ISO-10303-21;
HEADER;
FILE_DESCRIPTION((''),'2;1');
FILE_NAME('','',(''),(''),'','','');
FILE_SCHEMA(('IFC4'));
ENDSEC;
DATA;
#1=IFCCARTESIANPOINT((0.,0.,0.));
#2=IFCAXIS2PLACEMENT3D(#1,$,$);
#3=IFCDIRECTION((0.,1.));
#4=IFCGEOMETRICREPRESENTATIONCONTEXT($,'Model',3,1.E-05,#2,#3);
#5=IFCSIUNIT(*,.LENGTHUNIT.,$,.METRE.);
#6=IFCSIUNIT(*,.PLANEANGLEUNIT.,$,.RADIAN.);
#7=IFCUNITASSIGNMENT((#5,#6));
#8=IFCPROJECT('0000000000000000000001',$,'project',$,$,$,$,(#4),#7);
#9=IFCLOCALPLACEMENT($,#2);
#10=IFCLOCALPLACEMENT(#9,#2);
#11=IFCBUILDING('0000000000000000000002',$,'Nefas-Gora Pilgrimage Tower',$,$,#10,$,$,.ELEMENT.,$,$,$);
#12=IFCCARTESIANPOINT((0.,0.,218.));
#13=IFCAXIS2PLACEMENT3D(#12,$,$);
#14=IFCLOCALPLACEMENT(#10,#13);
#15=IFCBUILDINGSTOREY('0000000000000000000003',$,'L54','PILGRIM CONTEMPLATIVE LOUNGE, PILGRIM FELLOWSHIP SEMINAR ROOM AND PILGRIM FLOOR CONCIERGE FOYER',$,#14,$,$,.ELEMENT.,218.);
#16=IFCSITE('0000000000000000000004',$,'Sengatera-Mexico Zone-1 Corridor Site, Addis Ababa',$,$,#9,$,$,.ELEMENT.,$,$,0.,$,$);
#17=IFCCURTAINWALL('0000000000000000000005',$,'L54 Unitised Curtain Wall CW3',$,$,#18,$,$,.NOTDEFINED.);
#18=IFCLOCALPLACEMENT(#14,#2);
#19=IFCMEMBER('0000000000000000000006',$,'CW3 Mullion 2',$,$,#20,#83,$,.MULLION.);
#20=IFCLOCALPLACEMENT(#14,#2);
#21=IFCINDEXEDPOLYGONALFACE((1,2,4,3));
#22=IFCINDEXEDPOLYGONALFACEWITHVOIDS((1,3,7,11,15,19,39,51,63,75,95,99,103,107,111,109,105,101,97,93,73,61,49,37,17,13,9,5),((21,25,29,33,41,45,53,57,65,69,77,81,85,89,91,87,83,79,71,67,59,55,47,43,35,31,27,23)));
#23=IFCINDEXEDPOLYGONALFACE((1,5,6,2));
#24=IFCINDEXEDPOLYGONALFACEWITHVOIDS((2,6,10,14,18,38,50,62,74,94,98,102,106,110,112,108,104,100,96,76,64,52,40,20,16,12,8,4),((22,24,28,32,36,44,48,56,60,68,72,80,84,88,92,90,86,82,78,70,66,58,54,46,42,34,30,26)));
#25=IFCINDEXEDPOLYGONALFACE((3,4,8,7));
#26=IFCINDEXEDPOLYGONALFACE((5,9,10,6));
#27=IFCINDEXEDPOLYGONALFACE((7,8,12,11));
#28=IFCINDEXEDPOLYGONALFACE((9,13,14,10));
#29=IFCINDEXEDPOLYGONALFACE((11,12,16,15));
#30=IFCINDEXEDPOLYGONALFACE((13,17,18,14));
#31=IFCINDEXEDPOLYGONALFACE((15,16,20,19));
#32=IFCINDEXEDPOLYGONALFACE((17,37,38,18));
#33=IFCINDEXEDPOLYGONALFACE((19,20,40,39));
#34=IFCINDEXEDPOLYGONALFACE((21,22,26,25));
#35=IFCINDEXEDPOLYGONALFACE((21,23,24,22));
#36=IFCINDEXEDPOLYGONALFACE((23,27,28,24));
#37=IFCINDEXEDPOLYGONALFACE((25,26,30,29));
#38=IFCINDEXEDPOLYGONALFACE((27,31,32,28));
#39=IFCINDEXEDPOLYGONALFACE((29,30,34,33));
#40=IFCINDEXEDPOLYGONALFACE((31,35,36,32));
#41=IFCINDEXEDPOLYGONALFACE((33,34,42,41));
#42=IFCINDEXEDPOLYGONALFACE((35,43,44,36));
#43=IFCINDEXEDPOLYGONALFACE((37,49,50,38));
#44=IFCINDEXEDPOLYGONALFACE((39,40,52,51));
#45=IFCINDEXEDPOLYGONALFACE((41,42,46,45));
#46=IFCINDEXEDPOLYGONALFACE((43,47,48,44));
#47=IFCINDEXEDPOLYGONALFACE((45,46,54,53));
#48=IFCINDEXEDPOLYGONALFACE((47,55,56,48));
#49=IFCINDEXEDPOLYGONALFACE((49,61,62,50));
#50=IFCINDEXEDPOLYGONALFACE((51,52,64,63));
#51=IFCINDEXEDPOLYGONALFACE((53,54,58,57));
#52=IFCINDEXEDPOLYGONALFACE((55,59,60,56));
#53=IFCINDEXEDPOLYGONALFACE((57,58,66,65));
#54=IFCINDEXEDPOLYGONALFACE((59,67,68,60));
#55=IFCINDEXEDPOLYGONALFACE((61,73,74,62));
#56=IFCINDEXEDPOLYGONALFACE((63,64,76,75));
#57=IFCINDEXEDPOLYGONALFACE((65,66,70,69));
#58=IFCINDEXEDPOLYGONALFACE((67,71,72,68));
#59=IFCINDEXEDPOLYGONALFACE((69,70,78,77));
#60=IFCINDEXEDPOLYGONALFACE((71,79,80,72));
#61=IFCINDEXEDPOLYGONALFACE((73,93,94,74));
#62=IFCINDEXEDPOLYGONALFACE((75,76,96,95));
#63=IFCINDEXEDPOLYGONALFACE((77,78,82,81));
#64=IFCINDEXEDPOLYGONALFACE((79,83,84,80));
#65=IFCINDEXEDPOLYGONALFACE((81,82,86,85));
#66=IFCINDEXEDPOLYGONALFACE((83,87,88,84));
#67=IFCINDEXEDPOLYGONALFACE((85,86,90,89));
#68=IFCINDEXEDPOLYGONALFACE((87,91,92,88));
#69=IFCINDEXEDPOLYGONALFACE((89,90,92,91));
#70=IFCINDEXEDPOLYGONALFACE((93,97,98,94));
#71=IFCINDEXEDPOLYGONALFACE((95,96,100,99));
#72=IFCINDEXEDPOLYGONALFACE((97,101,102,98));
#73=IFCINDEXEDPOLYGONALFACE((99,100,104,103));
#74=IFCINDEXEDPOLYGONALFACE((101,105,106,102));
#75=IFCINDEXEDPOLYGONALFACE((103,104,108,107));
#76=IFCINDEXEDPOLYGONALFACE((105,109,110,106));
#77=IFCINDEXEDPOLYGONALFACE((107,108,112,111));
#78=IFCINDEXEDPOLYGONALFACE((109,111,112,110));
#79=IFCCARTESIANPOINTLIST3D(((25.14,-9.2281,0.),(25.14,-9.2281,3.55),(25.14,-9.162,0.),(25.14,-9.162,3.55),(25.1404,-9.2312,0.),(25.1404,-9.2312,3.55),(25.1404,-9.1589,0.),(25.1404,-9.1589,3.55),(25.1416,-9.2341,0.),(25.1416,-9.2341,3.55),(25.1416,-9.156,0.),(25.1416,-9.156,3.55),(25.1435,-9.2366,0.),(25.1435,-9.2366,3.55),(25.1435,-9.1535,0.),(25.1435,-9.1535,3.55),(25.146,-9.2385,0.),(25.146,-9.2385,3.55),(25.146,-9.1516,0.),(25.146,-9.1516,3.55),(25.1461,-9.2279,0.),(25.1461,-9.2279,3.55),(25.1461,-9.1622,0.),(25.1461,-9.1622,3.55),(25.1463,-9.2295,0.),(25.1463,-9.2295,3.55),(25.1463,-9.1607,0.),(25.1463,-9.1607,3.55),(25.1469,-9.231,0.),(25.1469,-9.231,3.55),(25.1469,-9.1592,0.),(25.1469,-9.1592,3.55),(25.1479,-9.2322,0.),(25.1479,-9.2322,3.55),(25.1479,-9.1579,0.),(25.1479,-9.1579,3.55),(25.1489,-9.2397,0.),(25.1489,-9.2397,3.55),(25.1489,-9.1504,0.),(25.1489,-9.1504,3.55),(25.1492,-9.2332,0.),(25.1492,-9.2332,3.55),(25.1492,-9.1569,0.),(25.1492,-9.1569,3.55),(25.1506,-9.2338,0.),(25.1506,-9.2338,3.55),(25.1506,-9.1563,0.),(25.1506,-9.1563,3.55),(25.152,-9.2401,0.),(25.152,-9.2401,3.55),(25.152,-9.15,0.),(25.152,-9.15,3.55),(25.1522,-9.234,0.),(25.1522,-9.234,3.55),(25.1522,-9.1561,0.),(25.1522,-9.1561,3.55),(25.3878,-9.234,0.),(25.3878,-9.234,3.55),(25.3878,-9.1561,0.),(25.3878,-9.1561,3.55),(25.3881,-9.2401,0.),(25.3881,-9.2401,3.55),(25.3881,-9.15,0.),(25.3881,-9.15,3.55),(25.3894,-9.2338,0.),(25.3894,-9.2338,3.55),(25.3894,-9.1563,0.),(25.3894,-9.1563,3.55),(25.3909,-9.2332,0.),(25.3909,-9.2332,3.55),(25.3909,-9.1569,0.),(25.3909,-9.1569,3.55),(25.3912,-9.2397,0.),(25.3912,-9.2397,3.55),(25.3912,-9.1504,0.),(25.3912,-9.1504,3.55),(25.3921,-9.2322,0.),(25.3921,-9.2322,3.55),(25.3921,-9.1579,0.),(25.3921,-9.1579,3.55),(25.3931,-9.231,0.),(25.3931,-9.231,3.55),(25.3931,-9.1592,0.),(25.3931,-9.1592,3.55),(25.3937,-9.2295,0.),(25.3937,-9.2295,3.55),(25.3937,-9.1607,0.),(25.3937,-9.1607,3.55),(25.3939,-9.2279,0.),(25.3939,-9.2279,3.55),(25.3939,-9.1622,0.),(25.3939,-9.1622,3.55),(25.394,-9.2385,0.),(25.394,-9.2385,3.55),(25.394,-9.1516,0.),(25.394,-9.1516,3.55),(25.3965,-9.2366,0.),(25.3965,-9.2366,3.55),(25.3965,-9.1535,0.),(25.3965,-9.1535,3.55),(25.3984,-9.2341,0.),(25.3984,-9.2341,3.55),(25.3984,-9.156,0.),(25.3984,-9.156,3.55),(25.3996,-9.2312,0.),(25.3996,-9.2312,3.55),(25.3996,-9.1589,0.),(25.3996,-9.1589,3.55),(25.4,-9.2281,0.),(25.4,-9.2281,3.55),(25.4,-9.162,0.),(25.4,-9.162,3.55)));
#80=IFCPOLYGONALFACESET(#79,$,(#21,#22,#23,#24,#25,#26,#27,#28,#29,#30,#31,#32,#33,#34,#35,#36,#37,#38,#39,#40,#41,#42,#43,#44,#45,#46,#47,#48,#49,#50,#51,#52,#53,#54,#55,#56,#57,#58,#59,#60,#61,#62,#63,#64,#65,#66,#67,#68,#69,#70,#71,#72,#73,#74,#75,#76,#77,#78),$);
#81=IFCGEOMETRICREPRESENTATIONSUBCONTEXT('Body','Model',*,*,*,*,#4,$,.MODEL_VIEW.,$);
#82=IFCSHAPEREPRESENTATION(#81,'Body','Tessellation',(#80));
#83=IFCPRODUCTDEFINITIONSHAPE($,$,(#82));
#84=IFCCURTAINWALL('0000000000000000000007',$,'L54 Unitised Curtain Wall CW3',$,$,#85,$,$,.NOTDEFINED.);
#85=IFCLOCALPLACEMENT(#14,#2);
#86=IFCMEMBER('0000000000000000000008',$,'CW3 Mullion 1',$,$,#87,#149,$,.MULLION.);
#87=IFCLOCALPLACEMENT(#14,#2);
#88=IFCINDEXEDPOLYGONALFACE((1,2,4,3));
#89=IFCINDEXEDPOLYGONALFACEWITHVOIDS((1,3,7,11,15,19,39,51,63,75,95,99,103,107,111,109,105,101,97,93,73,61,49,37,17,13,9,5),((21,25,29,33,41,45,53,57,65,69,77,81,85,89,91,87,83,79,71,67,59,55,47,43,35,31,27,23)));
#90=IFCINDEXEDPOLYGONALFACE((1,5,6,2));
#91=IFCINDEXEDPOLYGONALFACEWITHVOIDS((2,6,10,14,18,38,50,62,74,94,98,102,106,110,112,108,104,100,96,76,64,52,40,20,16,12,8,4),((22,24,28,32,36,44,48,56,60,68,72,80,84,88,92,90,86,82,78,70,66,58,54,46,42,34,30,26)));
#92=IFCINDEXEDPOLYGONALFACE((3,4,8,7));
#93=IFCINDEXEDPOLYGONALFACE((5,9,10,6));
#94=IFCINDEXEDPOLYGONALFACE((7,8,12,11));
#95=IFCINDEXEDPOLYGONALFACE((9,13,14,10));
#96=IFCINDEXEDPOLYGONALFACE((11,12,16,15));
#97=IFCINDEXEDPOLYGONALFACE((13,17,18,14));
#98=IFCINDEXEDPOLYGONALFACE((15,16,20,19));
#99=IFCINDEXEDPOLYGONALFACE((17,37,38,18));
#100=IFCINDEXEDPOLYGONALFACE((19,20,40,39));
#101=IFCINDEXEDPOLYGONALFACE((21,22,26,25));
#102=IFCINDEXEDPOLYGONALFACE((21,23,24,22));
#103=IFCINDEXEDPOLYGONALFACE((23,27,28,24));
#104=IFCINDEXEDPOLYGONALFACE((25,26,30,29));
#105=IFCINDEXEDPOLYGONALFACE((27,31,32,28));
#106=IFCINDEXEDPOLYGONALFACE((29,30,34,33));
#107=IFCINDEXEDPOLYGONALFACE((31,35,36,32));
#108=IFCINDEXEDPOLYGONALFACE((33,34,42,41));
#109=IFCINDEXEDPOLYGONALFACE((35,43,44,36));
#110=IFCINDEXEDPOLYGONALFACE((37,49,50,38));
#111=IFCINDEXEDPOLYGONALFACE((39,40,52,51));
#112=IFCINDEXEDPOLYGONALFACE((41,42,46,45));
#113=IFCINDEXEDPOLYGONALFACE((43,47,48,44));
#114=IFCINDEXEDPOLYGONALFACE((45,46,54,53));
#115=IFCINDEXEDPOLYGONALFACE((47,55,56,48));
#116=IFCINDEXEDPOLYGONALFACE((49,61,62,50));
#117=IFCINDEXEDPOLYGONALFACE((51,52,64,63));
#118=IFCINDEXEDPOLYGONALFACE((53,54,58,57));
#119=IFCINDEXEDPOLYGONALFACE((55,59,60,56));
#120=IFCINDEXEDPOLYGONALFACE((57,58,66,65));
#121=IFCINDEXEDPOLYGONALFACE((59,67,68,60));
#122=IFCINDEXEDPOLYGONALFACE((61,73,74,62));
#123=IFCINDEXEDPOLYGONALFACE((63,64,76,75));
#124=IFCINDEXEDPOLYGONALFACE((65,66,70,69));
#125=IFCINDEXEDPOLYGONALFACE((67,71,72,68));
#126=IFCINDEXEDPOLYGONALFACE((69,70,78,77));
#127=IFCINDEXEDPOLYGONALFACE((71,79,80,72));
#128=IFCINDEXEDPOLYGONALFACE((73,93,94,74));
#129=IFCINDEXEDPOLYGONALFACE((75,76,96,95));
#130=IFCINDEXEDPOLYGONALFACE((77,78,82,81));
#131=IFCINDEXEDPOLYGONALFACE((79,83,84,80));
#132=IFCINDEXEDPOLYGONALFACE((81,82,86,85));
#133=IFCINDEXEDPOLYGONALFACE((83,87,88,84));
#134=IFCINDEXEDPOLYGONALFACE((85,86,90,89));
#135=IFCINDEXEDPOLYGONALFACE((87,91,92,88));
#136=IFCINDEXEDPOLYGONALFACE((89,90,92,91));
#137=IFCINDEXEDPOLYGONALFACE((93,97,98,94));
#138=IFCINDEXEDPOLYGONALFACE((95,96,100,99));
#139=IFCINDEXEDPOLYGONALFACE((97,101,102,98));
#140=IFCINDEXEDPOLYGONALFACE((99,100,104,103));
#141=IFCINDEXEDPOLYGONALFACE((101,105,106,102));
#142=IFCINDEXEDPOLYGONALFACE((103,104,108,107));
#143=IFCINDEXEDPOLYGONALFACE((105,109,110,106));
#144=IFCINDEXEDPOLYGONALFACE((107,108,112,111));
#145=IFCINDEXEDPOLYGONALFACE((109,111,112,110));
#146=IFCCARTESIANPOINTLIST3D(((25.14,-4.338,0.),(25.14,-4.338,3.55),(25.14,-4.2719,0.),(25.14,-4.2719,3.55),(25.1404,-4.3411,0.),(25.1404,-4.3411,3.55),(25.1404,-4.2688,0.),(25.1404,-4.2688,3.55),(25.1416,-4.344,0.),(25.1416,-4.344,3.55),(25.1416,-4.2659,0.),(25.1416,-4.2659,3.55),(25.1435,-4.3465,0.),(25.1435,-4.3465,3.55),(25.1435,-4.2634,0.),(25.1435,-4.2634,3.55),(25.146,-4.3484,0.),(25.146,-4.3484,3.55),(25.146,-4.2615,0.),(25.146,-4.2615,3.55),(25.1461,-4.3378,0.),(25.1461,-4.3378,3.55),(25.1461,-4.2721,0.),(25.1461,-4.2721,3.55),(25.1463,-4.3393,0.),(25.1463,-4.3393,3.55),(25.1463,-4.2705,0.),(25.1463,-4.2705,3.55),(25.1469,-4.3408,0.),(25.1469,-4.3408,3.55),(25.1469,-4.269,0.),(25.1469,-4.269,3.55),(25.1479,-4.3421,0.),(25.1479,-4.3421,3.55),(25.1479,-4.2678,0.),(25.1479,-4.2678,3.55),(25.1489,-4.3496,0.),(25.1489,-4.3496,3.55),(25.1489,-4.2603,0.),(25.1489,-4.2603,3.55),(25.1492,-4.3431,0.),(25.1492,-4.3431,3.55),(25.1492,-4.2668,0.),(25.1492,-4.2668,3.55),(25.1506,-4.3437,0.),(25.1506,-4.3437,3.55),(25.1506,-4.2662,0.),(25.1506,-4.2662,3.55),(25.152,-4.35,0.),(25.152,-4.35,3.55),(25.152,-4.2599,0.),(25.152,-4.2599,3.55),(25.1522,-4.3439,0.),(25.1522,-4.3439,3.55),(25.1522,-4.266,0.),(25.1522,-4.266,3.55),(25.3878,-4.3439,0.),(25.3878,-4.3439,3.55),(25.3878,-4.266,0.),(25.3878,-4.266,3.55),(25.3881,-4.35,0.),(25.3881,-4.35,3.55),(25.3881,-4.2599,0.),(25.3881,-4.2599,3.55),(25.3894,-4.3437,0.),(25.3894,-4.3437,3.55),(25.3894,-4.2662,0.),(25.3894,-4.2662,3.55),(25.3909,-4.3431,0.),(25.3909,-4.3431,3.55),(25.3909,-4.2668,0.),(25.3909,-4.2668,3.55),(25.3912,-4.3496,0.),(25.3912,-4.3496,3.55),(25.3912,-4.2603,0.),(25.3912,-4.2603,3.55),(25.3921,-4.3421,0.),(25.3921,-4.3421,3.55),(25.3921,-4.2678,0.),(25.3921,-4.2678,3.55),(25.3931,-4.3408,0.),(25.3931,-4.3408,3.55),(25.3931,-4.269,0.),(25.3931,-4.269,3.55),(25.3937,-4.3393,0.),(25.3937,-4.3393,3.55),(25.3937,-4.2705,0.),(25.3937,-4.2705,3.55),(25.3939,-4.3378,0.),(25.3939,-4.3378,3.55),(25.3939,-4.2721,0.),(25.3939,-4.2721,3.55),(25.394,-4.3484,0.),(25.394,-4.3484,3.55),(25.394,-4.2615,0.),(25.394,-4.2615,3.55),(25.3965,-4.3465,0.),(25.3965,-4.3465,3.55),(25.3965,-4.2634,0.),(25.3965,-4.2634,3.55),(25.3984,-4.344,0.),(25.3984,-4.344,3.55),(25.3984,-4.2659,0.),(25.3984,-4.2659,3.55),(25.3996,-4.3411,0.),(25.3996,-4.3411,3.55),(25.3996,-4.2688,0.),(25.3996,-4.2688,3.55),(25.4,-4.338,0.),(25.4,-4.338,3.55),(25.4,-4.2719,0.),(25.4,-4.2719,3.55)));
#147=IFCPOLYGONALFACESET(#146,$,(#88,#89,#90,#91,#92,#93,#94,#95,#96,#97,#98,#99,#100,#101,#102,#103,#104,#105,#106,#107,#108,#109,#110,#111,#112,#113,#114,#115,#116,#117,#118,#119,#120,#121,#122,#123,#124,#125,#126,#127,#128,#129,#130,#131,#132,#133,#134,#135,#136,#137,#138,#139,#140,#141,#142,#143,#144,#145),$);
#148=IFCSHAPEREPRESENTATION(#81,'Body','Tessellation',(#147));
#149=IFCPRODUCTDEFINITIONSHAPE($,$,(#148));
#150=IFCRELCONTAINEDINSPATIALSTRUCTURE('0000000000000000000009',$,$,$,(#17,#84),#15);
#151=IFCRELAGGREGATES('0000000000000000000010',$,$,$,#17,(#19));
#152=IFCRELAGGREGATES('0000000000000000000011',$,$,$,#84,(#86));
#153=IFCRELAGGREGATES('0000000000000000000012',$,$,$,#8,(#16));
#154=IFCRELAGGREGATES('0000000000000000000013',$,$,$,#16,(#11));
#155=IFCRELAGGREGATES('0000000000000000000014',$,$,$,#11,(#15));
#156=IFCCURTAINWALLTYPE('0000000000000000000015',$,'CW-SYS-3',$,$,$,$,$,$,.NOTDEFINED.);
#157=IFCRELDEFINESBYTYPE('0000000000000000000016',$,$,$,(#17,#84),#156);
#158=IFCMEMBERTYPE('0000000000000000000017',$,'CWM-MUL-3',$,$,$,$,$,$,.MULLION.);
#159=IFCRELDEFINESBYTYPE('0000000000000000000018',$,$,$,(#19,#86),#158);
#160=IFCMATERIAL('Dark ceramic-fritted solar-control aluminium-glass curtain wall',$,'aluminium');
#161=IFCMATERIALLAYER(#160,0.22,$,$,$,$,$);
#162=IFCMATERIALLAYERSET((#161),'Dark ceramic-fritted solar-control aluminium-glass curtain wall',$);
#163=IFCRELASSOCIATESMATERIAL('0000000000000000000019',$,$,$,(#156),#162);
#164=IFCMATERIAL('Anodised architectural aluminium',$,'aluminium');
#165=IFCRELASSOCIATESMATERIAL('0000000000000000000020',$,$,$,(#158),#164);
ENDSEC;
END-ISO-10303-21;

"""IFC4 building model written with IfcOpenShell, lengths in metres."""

from ifc_helpers import new_model, si_unit, direction, frame, origin, origin_2d, place, context, subcontext, project, spatial, hollow_rectangle, extrude, source, transform, mapped, material, layer, layer_set, material_profile, profile_set, type_object, element, aggregate, save


model = new_model("IFC4")

# Units and contexts
model_context = context("Model", 3, precision=1e-05, world=origin(), true_north=direction((0.0, 1.0)))
body_context = subcontext(model_context, "Body", "Model", "MODEL_VIEW")
ifc_project = project(units=[si_unit("LENGTHUNIT", "METRE"), si_unit("PLANEANGLEUNIT", "RADIAN")], contexts=[model_context])

# Site, building, storey
site_placement = place(None, origin())
site = spatial("IfcSite", under=ifc_project, at=site_placement, Name="Sengatera-Mexico Zone-1 Corridor Site, Addis Ababa", CompositionType="ELEMENT", RefElevation=0.0)
building_placement = place(site_placement, origin())
building = spatial("IfcBuilding", under=site, at=building_placement, Name="Nefas-Gora Pilgrimage Tower", CompositionType="ELEMENT")
storey_placement = place(building_placement, frame((0.0, 0.0, 218.0)))
storey = spatial("IfcBuildingStorey", under=building, at=storey_placement, Name="L54", Description="PILGRIM CONTEMPLATIVE LOUNGE, PILGRIM FELLOWSHIP SEMINAR ROOM AND PILGRIM FLOOR CONCIERGE FOYER", CompositionType="ELEMENT", Elevation=218.0)

# Curtain wall, member
ifc_material_1 = material(Name="Dark ceramic-fritted solar-control aluminium-glass curtain wall", Category="aluminium")
ifc_layer_1 = layer(ifc_material_1, 0.22)
ifc_layer_set_1 = layer_set([ifc_layer_1], Name="Dark ceramic-fritted solar-control aluminium-glass curtain wall")
curtain_wall_type = type_object("IfcCurtainWallType", Name="CW-SYS-3", PredefinedType="NOTDEFINED", material=ifc_layer_set_1)
curtain_wall_1_placement = place(storey_placement, origin())
curtain_wall_1 = element("IfcCurtainWall", 1, at=curtain_wall_1_placement, inside=storey, type_object=curtain_wall_type, Name="L54 Unitised Curtain Wall CW3", PredefinedType="NOTDEFINED")
ifc_material_2 = material(Name="Anodised architectural aluminium", Category="aluminium")
ifc_material_profile_1 = material_profile(ifc_material_2, hollow_rectangle(XDim=0.0901, YDim=0.26, WallThickness=0.0061, InnerFilletRadius=0.0061, OuterFilletRadius=0.012, at=origin_2d()), Name="ALU MULLION 90x260")
ifc_profile_set_1 = profile_set([ifc_material_profile_1], Name="Anodised architectural aluminium")
member_type_1 = type_object("IfcMemberType", Name="CWM-MUL-3", PredefinedType="MULLION", material=ifc_profile_set_1)
shared_shape_1 = source(origin(), body_context, "Body", "SweptSolid", [
    extrude(hollow_rectangle(XDim=0.0901, YDim=0.26, WallThickness=0.0061, InnerFilletRadius=0.0061, OuterFilletRadius=0.012, at=origin_2d()), origin(), (0.0, 0.0, 1.0), 3.55),
])
member_1_placement = place(storey_placement, frame((25.27, -9.1951, 0.0), z_axis=(0.0, 0.0, 1.0), x_axis=(0.0, 1.0, 0.0)))
member_1 = element("IfcMember", 2, at=member_1_placement, type_object=member_type_1, Name="CW3 Mullion 2", PredefinedType="MULLION", context=body_context, shape_type="MappedRepresentation", body=[
    mapped(shared_shape_1, transform((0.0, 0.0, 0.0), x_axis=(1.0, 0.0, 0.0), y_axis=(0.0, 1.0, 0.0), z_axis=(0.0, 0.0, 1.0), scale=1.0)),
])
aggregate(curtain_wall_1, [member_1])

# Curtain wall, member
curtain_wall_2_placement = place(storey_placement, origin())
curtain_wall_2 = element("IfcCurtainWall", 3, at=curtain_wall_2_placement, inside=storey, type_object=curtain_wall_type, Name="L54 Unitised Curtain Wall CW3", PredefinedType="NOTDEFINED")
member_2_placement = place(storey_placement, frame((25.27, -4.3049, 0.0), z_axis=(0.0, 0.0, 1.0), x_axis=(0.0, 1.0, 0.0)))
member_2 = element("IfcMember", 4, at=member_2_placement, type_object=member_type_1, Name="CW3 Mullion 1", PredefinedType="MULLION", context=body_context, shape_type="MappedRepresentation", body=[
    mapped(shared_shape_1, transform((0.0, 0.0, 0.0), x_axis=(1.0, 0.0, 0.0), y_axis=(0.0, 1.0, 0.0), z_axis=(0.0, 0.0, 1.0), scale=1.0)),
])
aggregate(curtain_wall_2, [member_2])

save(model, "model.ifc")
